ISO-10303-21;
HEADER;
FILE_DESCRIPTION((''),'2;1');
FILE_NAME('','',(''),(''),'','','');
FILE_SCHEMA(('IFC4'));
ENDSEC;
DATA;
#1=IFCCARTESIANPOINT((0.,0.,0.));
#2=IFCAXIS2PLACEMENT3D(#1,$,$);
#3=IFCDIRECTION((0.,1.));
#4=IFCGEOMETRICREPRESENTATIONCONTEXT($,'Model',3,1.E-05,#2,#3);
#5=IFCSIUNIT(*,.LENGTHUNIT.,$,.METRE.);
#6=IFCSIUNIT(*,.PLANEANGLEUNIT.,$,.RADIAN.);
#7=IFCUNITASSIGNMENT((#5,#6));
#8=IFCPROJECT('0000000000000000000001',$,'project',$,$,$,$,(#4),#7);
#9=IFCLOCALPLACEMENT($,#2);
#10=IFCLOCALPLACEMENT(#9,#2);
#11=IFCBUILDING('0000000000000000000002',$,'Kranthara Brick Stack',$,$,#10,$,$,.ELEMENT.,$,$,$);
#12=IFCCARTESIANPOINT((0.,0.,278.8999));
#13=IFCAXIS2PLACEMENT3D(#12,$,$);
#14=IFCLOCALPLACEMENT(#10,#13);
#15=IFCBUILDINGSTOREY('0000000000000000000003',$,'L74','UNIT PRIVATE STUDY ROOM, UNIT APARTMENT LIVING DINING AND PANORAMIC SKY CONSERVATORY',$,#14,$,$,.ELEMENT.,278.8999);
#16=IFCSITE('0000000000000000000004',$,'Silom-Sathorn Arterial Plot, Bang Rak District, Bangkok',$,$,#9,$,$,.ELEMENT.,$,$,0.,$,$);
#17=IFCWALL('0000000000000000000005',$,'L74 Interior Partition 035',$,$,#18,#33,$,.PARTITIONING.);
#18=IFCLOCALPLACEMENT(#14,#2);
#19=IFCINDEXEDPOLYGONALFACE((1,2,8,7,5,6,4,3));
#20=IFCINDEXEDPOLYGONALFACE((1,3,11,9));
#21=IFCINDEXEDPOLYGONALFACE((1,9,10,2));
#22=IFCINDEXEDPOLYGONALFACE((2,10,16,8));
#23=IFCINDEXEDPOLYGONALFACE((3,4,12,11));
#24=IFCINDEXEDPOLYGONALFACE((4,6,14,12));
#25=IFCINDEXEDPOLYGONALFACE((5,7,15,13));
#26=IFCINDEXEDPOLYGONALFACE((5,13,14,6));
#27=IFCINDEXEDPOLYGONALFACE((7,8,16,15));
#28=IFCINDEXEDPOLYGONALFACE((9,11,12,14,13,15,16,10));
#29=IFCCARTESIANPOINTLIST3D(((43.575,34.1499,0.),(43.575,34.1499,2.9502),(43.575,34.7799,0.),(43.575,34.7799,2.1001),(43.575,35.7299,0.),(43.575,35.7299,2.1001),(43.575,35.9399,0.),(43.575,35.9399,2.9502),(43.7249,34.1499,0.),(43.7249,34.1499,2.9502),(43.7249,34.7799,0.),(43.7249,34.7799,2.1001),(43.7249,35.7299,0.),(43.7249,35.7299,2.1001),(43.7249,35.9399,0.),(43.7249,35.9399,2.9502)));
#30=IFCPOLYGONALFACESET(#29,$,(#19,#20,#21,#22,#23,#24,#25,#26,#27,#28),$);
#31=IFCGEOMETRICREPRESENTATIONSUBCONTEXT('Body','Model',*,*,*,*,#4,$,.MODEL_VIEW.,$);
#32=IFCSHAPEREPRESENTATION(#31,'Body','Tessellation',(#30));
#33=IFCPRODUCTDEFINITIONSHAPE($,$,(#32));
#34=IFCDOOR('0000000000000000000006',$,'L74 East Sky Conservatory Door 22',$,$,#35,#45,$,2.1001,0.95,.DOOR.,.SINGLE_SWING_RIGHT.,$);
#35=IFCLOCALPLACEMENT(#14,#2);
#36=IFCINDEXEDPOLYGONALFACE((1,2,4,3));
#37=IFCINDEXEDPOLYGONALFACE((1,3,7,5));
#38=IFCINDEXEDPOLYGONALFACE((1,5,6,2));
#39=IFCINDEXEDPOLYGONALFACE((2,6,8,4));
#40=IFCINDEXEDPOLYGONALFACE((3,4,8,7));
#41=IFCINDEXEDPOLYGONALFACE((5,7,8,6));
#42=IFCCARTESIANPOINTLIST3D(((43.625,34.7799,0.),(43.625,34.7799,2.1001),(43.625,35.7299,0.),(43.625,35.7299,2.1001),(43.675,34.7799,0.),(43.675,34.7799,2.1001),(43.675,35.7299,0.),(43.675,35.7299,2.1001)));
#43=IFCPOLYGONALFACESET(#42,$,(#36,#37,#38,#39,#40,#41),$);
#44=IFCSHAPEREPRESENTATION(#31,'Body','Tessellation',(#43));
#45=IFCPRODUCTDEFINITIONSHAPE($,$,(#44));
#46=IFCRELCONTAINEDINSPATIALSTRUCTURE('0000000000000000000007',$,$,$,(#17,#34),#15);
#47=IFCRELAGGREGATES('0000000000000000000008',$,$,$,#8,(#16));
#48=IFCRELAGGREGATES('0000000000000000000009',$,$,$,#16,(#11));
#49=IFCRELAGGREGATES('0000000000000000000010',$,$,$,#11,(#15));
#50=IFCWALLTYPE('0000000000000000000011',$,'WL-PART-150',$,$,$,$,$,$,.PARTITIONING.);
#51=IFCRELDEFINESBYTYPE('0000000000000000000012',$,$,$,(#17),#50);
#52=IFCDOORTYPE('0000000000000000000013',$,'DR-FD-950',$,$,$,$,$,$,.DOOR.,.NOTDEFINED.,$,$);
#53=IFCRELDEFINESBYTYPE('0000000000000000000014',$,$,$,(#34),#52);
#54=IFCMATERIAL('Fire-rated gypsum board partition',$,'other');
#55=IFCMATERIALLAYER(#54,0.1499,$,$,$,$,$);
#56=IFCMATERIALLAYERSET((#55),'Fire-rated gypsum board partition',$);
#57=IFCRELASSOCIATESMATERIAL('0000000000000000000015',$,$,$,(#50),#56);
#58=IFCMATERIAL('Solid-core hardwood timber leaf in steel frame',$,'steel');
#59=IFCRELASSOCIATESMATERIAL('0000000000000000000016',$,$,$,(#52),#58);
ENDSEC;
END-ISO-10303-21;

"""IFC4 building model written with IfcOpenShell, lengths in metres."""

from ifc_helpers import new_model, si_unit, direction, frame, frame_2d, origin, place, context, subcontext, project, spatial, rectangle, extrude, material, layer, layer_set, type_object, element, fill, save


model = new_model("IFC4")

# Units and contexts
model_context = context("Model", 3, precision=1e-05, world=origin(), true_north=direction((0.0, 1.0)))
body_context = subcontext(model_context, "Body", "Model", "MODEL_VIEW")
ifc_project = project(units=[si_unit("LENGTHUNIT", "METRE"), si_unit("PLANEANGLEUNIT", "RADIAN")], contexts=[model_context])

# Site, building, storey
site_placement = place(None, origin())
site = spatial("IfcSite", under=ifc_project, at=site_placement, Name="Silom-Sathorn Arterial Plot, Bang Rak District, Bangkok", CompositionType="ELEMENT", RefElevation=0.0)
building_placement = place(site_placement, origin())
building = spatial("IfcBuilding", under=site, at=building_placement, Name="Kranthara Brick Stack", CompositionType="ELEMENT")
storey_placement = place(building_placement, frame((0.0, 0.0, 278.8999)))
storey = spatial("IfcBuildingStorey", under=building, at=storey_placement, Name="L74", Description="UNIT PRIVATE STUDY ROOM, UNIT APARTMENT LIVING DINING AND PANORAMIC SKY CONSERVATORY", CompositionType="ELEMENT", Elevation=278.8999)

# Shared definitions
ifc_material_1 = material(Name="Fire-rated gypsum board partition", Category="other")
ifc_layer_1 = layer(ifc_material_1, 0.1499)
ifc_layer_set_1 = layer_set([ifc_layer_1], Name="Fire-rated gypsum board partition")
wall_type_1 = type_object("IfcWallType", Name="WL-PART-150", PredefinedType="PARTITIONING", material=ifc_layer_set_1)

# Wall, opening, door
wall_1_placement = place(storey_placement, frame((43.6499, 34.1499, 0.0), z_axis=(0.0, 0.0, 1.0), x_axis=(0.0, 1.0, 0.0)))
wall_1 = element("IfcWall", 1, at=wall_1_placement, inside=storey, type_object=wall_type_1, Name="L74 Interior Partition 035", PredefinedType="PARTITIONING", context=body_context, shape_type="SweptSolid", body=[
    extrude(rectangle(XDim=1.79, YDim=0.1499, at=frame_2d((0.895, 0.0))), origin(), (0.0, 0.0, 1.0), 2.9502),
])
opening_1_placement = place(wall_1_placement, frame((0.6299, 0.0, 0.0)))
opening_1 = element("IfcOpeningElement", 2, at=opening_1_placement, cuts=wall_1, PredefinedType="OPENING", context=body_context, shape_type="SweptSolid", body=[
    extrude(rectangle(XDim=0.95, YDim=2.1001, at=frame_2d((0.4751, 1.05))), frame((0.0, 0.085, 0.0), z_axis=(0.0, -1.0, 0.0), x_axis=(1.0, 0.0, 0.0)), (0.0, 0.0, 1.0), 0.1699),
])
ifc_material_2 = material(Name="Solid-core hardwood timber leaf in steel frame", Category="steel")
door_type_1 = type_object("IfcDoorType", Name="DR-FD-950", OperationType="NOTDEFINED", PredefinedType="DOOR", material=ifc_material_2)
door_1_placement = place(opening_1_placement, origin())
door_1 = element("IfcDoor", 3, at=door_1_placement, inside=storey, type_object=door_type_1, Name="L74 East Sky Conservatory Door 22", OperationType="SINGLE_SWING_RIGHT", OverallHeight=2.1001, OverallWidth=0.95, PredefinedType="DOOR", context=body_context, shape_type="SweptSolid", body=[
    extrude(rectangle(XDim=0.95, YDim=2.1001, at=frame_2d((0.4751, 1.05))), frame((0.0, 0.0249, 0.0), z_axis=(0.0, -1.0, 0.0), x_axis=(1.0, 0.0, 0.0)), (0.0, 0.0, 1.0), 0.05),
])
fill(opening_1, door_1)

save(model, "model.ifc")
